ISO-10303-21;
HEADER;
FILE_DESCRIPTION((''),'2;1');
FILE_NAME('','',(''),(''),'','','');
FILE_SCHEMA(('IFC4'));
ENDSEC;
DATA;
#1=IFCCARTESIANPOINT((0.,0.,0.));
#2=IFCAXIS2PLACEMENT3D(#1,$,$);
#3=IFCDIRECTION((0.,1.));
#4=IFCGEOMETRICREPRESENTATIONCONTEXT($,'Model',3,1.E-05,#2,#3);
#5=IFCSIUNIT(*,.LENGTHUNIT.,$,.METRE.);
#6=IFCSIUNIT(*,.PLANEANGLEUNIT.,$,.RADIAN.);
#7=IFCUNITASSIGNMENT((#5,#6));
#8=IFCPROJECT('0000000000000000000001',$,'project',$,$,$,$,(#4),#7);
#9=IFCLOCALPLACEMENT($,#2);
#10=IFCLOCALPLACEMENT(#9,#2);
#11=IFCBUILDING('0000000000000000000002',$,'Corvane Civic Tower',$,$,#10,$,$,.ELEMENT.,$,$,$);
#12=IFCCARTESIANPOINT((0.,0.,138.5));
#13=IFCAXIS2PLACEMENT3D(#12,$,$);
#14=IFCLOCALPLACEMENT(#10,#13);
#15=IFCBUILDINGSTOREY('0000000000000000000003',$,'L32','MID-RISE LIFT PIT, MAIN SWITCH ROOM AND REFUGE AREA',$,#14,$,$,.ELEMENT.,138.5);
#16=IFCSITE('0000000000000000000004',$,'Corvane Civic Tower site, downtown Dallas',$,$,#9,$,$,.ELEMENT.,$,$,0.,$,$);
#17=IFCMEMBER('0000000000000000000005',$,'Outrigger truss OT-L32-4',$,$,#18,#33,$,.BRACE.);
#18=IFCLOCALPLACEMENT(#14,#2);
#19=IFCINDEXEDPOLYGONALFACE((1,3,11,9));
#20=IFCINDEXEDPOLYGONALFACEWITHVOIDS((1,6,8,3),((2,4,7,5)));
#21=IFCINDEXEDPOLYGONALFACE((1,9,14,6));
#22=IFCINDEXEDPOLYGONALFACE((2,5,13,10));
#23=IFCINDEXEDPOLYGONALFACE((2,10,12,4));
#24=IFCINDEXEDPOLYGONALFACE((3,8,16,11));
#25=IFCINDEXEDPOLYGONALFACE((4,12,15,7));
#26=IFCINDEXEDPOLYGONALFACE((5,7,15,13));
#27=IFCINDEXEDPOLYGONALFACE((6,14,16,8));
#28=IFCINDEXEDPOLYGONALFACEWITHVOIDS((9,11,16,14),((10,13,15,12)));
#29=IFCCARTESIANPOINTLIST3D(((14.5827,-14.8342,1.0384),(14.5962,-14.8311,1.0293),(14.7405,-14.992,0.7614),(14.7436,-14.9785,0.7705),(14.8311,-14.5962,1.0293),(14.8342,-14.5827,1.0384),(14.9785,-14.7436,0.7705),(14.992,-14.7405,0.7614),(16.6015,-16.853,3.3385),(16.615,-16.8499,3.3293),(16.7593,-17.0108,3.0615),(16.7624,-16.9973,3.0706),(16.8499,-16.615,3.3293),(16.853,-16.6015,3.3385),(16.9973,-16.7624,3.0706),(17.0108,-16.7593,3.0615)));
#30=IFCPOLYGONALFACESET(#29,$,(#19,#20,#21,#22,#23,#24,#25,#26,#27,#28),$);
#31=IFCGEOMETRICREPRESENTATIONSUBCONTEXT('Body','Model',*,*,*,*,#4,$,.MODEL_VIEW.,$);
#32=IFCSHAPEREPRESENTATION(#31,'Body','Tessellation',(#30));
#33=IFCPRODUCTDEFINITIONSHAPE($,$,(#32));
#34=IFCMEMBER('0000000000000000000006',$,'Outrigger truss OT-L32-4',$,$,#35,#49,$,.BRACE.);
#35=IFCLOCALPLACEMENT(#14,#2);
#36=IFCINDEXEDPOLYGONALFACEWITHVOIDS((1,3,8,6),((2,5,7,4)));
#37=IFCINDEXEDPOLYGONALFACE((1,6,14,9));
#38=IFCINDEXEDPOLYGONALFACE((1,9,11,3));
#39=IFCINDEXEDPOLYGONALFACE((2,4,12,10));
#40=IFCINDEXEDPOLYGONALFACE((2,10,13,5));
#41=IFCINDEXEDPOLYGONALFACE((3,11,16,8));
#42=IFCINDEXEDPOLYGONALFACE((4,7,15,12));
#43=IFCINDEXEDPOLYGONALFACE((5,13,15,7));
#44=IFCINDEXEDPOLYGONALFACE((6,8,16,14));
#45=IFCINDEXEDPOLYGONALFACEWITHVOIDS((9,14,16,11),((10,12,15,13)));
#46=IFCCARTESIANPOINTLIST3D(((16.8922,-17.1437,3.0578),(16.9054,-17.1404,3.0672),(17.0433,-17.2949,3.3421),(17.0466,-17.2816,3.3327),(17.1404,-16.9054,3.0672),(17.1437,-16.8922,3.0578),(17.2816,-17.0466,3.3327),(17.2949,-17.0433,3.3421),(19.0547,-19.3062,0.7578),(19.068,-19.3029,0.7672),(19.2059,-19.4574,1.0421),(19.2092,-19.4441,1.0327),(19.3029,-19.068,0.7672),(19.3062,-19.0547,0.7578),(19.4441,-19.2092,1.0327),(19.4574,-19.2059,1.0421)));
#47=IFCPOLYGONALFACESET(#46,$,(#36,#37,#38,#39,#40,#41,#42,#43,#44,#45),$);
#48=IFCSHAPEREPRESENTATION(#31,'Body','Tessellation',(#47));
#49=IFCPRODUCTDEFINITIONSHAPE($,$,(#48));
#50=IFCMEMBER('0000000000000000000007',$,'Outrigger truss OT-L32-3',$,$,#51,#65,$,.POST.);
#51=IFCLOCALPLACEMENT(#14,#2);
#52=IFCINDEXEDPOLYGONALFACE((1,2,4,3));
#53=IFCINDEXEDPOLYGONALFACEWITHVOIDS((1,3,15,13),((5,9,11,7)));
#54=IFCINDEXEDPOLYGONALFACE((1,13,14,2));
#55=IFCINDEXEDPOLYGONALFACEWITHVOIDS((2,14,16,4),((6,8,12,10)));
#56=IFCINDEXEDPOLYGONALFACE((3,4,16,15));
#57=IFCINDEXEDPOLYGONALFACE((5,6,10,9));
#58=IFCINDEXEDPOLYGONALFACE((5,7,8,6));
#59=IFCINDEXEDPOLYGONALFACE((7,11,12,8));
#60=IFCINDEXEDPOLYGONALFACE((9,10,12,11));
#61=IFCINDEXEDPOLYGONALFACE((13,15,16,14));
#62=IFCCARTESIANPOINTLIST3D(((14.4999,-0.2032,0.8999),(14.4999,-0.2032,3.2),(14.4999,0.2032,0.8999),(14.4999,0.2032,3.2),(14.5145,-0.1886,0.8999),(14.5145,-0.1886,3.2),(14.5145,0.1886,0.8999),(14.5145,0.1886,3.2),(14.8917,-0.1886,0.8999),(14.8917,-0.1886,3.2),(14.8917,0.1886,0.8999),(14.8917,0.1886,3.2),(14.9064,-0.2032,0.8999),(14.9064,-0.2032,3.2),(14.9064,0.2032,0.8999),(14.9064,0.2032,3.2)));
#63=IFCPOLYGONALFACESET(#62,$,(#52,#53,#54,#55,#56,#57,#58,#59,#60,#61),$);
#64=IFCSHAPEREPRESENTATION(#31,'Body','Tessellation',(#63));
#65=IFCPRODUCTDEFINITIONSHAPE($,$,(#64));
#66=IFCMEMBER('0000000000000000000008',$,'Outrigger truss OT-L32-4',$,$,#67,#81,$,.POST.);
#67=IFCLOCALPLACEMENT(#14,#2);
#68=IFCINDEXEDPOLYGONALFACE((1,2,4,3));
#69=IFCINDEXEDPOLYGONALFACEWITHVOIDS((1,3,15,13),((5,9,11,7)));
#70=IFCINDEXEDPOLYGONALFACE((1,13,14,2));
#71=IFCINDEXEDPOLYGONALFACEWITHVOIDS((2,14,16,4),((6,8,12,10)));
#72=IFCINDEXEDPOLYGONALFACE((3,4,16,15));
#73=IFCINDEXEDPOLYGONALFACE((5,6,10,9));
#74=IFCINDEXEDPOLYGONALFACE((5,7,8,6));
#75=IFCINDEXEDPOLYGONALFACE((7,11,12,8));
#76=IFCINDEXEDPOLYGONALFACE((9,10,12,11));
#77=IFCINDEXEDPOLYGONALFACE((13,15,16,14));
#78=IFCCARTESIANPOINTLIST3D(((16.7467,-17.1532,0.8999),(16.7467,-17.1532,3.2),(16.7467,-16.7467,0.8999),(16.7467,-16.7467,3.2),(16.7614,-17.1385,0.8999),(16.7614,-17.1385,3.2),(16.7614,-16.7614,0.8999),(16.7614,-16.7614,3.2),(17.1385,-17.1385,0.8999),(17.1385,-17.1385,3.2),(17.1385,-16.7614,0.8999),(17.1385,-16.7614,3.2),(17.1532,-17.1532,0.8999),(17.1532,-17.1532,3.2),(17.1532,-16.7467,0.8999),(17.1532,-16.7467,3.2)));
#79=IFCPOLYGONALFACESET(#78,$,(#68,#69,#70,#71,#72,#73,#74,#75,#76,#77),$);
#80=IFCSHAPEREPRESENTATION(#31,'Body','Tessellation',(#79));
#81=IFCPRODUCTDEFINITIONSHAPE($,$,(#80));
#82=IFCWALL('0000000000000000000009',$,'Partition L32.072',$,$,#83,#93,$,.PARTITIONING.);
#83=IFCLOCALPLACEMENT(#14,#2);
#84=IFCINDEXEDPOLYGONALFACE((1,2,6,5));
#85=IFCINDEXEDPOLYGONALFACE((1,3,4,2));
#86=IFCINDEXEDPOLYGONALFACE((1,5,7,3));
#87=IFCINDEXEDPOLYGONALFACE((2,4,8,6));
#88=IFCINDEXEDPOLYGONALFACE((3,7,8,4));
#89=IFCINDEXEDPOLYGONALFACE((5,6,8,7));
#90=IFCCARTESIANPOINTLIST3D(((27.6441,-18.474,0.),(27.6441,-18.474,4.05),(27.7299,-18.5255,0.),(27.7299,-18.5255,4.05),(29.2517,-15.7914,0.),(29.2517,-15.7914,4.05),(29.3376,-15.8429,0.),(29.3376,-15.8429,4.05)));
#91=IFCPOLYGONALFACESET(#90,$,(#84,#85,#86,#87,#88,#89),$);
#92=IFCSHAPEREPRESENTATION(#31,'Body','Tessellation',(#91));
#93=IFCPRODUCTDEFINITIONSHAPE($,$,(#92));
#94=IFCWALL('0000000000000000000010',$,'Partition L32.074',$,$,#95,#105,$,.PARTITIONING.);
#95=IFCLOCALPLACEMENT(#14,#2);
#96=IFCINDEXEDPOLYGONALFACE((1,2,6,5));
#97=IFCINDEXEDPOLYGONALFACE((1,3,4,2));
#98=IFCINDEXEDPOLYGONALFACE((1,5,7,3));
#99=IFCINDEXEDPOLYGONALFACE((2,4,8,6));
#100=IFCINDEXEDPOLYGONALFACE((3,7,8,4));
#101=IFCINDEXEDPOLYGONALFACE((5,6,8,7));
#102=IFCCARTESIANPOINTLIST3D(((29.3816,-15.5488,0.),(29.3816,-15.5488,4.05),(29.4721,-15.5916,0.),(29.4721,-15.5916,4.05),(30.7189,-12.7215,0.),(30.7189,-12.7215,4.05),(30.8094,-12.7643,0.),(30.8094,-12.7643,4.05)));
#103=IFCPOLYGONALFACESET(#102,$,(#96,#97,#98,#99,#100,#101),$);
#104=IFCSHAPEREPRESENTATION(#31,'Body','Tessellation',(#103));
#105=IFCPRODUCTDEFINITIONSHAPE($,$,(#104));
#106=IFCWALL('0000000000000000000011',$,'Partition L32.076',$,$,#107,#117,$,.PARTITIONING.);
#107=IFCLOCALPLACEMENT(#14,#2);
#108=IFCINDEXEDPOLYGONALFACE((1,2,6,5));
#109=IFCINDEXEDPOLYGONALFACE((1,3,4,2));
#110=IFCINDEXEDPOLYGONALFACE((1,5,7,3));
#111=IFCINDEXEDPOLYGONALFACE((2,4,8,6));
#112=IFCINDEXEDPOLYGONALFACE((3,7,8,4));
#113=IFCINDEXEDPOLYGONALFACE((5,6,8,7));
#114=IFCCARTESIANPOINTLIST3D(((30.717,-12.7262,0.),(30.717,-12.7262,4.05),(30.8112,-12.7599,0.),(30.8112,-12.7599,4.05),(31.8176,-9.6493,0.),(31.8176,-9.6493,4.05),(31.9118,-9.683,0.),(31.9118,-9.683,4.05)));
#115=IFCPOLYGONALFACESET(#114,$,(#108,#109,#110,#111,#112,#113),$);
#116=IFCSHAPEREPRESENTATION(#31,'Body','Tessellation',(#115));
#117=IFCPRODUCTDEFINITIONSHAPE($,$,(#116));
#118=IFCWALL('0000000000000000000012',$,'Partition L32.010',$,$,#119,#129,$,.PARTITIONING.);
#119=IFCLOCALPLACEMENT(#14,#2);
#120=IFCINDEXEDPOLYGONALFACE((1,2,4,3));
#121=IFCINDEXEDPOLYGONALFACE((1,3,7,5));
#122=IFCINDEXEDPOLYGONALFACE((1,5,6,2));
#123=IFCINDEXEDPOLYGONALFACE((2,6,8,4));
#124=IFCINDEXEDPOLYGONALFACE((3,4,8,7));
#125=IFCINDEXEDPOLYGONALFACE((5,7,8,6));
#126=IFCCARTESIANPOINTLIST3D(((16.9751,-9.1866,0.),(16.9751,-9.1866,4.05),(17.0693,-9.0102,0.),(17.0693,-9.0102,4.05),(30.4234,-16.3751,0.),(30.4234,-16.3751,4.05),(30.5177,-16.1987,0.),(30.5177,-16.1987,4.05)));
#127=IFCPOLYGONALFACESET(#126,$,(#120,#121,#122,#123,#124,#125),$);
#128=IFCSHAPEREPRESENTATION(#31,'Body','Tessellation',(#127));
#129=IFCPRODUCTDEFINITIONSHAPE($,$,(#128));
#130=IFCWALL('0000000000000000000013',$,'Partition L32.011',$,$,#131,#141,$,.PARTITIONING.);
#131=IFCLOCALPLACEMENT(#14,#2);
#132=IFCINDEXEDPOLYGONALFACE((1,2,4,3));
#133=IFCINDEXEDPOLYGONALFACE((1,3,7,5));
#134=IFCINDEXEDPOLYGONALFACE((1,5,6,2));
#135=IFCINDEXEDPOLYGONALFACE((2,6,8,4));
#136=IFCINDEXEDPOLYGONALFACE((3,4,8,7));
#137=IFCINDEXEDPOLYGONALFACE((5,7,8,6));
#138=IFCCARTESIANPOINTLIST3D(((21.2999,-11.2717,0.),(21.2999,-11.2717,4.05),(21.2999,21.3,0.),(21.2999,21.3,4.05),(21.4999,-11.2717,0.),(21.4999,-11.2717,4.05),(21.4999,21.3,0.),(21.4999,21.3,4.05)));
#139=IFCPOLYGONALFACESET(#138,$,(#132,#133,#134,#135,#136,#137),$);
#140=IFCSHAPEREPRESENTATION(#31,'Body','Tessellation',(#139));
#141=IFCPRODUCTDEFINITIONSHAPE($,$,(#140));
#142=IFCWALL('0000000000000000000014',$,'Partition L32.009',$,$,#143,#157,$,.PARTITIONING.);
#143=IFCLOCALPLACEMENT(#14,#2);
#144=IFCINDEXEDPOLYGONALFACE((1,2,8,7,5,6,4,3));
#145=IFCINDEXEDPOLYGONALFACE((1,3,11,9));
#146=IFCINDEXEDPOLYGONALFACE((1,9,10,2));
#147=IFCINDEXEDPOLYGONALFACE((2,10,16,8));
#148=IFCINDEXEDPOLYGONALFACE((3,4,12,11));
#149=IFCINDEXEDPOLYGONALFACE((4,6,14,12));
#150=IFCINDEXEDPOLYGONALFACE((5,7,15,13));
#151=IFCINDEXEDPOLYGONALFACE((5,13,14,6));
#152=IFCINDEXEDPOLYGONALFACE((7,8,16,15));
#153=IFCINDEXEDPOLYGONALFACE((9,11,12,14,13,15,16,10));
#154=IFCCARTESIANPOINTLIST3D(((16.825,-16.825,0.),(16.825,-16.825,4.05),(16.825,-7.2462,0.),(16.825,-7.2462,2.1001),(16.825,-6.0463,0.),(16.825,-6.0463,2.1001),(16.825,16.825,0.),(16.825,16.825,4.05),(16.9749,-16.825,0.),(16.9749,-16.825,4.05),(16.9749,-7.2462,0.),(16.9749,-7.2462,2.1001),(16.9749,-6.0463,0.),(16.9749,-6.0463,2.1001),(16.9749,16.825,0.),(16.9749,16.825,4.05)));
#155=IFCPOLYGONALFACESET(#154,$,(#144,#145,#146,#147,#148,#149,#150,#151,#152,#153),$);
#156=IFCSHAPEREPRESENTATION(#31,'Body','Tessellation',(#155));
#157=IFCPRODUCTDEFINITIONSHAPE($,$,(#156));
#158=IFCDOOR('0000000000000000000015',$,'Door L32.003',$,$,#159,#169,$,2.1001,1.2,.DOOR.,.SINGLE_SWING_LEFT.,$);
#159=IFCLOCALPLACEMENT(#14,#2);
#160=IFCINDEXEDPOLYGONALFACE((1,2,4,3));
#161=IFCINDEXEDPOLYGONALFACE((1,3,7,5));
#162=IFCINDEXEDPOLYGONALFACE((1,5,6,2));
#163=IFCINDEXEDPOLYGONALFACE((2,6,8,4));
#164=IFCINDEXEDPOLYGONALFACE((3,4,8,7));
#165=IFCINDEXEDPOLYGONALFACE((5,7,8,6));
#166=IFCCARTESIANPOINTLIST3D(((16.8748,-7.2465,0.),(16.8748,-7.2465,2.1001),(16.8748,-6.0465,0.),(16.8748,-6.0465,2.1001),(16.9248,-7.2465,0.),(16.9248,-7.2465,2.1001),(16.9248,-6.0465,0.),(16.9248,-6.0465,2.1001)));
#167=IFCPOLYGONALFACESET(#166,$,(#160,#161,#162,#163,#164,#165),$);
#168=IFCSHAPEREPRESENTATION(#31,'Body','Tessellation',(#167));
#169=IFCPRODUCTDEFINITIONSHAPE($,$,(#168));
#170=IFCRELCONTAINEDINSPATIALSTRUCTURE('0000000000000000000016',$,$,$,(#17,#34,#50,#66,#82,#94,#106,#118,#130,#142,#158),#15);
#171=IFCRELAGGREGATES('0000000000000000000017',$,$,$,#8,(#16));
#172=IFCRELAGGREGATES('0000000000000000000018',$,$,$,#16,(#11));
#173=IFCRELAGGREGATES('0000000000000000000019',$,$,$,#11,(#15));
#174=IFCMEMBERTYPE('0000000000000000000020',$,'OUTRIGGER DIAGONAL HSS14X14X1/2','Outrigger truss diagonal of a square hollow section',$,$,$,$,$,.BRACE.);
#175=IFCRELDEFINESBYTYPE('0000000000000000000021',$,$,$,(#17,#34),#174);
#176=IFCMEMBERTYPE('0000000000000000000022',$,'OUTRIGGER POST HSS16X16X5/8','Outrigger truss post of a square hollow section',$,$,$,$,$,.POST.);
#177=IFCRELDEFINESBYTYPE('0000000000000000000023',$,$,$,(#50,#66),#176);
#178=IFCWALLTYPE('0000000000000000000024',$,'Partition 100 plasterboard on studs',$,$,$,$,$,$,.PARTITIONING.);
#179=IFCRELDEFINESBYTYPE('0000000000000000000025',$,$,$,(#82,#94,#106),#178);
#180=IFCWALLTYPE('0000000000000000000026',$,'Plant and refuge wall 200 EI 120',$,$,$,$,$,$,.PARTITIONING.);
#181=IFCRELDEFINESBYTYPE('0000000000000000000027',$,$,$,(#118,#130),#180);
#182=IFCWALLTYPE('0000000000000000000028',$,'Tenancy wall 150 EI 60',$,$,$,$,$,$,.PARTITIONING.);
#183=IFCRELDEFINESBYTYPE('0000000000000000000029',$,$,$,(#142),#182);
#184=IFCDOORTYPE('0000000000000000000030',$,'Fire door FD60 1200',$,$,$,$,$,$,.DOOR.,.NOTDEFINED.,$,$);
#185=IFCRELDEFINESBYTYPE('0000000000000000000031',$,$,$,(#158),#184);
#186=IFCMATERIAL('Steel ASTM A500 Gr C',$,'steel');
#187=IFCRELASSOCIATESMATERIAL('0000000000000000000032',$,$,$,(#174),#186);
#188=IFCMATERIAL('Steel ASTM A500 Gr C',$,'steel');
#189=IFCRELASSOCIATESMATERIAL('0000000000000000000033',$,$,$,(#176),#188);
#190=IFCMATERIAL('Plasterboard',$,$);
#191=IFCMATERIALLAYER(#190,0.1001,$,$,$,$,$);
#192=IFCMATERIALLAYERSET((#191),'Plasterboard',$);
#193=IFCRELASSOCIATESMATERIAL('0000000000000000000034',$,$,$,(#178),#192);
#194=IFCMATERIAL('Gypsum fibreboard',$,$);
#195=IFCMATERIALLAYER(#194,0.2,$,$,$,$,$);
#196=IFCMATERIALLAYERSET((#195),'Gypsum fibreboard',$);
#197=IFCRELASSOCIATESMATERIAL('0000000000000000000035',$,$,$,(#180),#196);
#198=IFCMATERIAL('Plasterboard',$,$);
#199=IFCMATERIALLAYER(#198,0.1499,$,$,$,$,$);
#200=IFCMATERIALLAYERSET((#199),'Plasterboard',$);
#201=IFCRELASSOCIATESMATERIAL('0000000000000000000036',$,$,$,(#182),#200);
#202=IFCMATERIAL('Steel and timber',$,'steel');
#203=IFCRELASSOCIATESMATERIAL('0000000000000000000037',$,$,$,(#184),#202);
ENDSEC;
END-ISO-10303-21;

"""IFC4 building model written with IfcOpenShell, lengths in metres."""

from ifc_helpers import new_model, si_unit, direction, frame, frame_2d, origin, origin_2d, place, context, subcontext, project, spatial, rectangle, hollow_rectangle, extrude, material, layer, layer_set, material_profile, profile_set, type_object, element, fill, save


model = new_model("IFC4")

# Units and contexts
model_context = context("Model", 3, precision=1e-05, world=origin(), true_north=direction((0.0, 1.0)))
body_context = subcontext(model_context, "Body", "Model", "MODEL_VIEW")
ifc_project = project(units=[si_unit("LENGTHUNIT", "METRE"), si_unit("PLANEANGLEUNIT", "RADIAN")], contexts=[model_context])

# Site, building, storey
site_placement = place(None, origin())
site = spatial("IfcSite", under=ifc_project, at=site_placement, Name="Corvane Civic Tower site, downtown Dallas", CompositionType="ELEMENT", RefElevation=0.0)
building_placement = place(site_placement, origin())
building = spatial("IfcBuilding", under=site, at=building_placement, Name="Corvane Civic Tower", CompositionType="ELEMENT")
storey_placement = place(building_placement, frame((0.0, 0.0, 138.5)))
storey = spatial("IfcBuildingStorey", under=building, at=storey_placement, Name="L32", Description="MID-RISE LIFT PIT, MAIN SWITCH ROOM AND REFUGE AREA", CompositionType="ELEMENT", Elevation=138.5)

# Members
ifc_material_1 = material(Name="Steel ASTM A500 Gr C", Category="steel")
ifc_material_profile_1 = material_profile(ifc_material_1, hollow_rectangle(XDim=0.3557, YDim=0.3557, WallThickness=0.0117, at=origin_2d()), Name="HSS14X14X1/2")
ifc_profile_set_1 = profile_set([ifc_material_profile_1], Name="Steel ASTM A500 Gr C")
member_type_1 = type_object("IfcMemberType", Name="OUTRIGGER DIAGONAL HSS14X14X1/2", Description="Outrigger truss diagonal of a square hollow section", PredefinedType="BRACE", material=ifc_profile_set_1)
member_1_placement = place(storey_placement, frame((14.7874, -14.7874, 0.8999), z_axis=(0.550645, -0.550645, 0.627359), x_axis=(0.707107, 0.707107, 0.0)))
element("IfcMember", 1, at=member_1_placement, inside=storey, type_object=member_type_1, Name="Outrigger truss OT-L32-4", PredefinedType="BRACE", context=body_context, shape_type="SweptSolid", body=[
    extrude(hollow_rectangle(XDim=0.3557, YDim=0.3557, WallThickness=0.0117, at=origin_2d()), origin(), (0.0, 0.0, 1.0), 3.6663),
])
member_2_placement = place(storey_placement, frame((17.0935, -17.0935, 3.2), z_axis=(0.565129, -0.565129, -0.601048), x_axis=(0.707107, 0.707107, 0.0)))
element("IfcMember", 2, at=member_2_placement, inside=storey, type_object=member_type_1, Name="Outrigger truss OT-L32-4", PredefinedType="BRACE", context=body_context, shape_type="SweptSolid", body=[
    extrude(hollow_rectangle(XDim=0.3557, YDim=0.3557, WallThickness=0.0117, at=origin_2d()), origin(), (0.0, 0.0, 1.0), 3.8267),
])
ifc_material_2 = material(Name="Steel ASTM A500 Gr C", Category="steel")
ifc_material_profile_2 = material_profile(ifc_material_2, hollow_rectangle(XDim=0.4065, YDim=0.4065, WallThickness=0.0146, at=origin_2d()), Name="HSS16X16X5/8")
ifc_profile_set_2 = profile_set([ifc_material_profile_2], Name="Steel ASTM A500 Gr C")
member_type_2 = type_object("IfcMemberType", Name="OUTRIGGER POST HSS16X16X5/8", Description="Outrigger truss post of a square hollow section", PredefinedType="POST", material=ifc_profile_set_2)
for number, where, z_axis, x_axis, name in (
    (3, (14.7031, 0.0, 0.8999), (0.0, 0.0, 1.0), (1.0, 0.0, 0.0), "Outrigger truss OT-L32-3"),
    (4, (16.95, -16.95, 0.8999), (0.0, 0.0, 1.0), (1.0, 0.0, 0.0), "Outrigger truss OT-L32-4"),
):
    element("IfcMember", number, at=place(storey_placement, frame(where, z_axis=z_axis, x_axis=x_axis)), inside=storey, type_object=member_type_2, Name=name, PredefinedType="POST", context=body_context, shape_type="SweptSolid", body=[
        extrude(hollow_rectangle(XDim=0.4065, YDim=0.4065, WallThickness=0.0146, at=origin_2d()), origin(), (0.0, 0.0, 1.0), 2.3),
    ])

# Walls
ifc_material_3 = material(Name="Plasterboard")
ifc_layer_1 = layer(ifc_material_3, 0.1001)
ifc_layer_set_1 = layer_set([ifc_layer_1], Name="Plasterboard")
wall_type_1 = type_object("IfcWallType", Name="Partition 100 plasterboard on studs", PredefinedType="PARTITIONING", material=ifc_layer_set_1)
wall_1_placement = place(storey_placement, frame((27.687, -18.4998, 0.0), z_axis=(0.0, 0.0, 1.0), x_axis=(0.514048, 0.857761, 0.0)))
element("IfcWall", 5, at=wall_1_placement, inside=storey, type_object=wall_type_1, Name="Partition L32.072", PredefinedType="PARTITIONING", context=body_context, shape_type="SweptSolid", body=[
    extrude(rectangle(XDim=3.1274, YDim=0.1001, at=frame_2d((1.5637, 0.0))), origin(), (0.0, 0.0, 1.0), 4.05),
])
wall_2_placement = place(storey_placement, frame((29.4268, -15.5703, 0.0), z_axis=(0.0, 0.0, 1.0), x_axis=(0.427593, 0.903971, 0.0)))
element("IfcWall", 6, at=wall_2_placement, inside=storey, type_object=wall_type_1, Name="Partition L32.074", PredefinedType="PARTITIONING", context=body_context, shape_type="SweptSolid", body=[
    extrude(rectangle(XDim=3.1277, YDim=0.1001, at=frame_2d((1.564, 0.0))), origin(), (0.0, 0.0, 1.0), 4.05),
])
wall_3_placement = place(storey_placement, frame((30.7642, -12.7429, 0.0), z_axis=(0.0, 0.0, 1.0), x_axis=(0.336795, 0.941578, 0.0)))
element("IfcWall", 7, at=wall_3_placement, inside=storey, type_object=wall_type_1, Name="Partition L32.076", PredefinedType="PARTITIONING", context=body_context, shape_type="SweptSolid", body=[
    extrude(rectangle(XDim=3.2678, YDim=0.1001, at=frame_2d((1.6338, 0.0))), origin(), (0.0, 0.0, 1.0), 4.05),
])
ifc_material_4 = material(Name="Gypsum fibreboard")
ifc_layer_2 = layer(ifc_material_4, 0.2)
ifc_layer_set_2 = layer_set([ifc_layer_2], Name="Gypsum fibreboard")
wall_type_2 = type_object("IfcWallType", Name="Plant and refuge wall 200 EI 120", PredefinedType="PARTITIONING", material=ifc_layer_set_2)
wall_4_placement = place(storey_placement, frame((17.0222, -9.0984, 0.0), z_axis=(0.0, 0.0, 1.0), x_axis=(0.881915, -0.471409, 0.0)))
element("IfcWall", 8, at=wall_4_placement, inside=storey, type_object=wall_type_2, Name="Partition L32.010", PredefinedType="PARTITIONING", context=body_context, shape_type="SweptSolid", body=[
    extrude(rectangle(XDim=15.249, YDim=0.2, at=frame_2d((7.6245, 0.0))), origin(), (0.0, 0.0, 1.0), 4.05),
])
wall_5_placement = place(storey_placement, frame((21.3999, -11.2717, 0.0), z_axis=(0.0, 0.0, 1.0), x_axis=(0.0, 1.0, 0.0)))
element("IfcWall", 9, at=wall_5_placement, inside=storey, type_object=wall_type_2, Name="Partition L32.011", PredefinedType="PARTITIONING", context=body_context, shape_type="SweptSolid", body=[
    extrude(rectangle(XDim=32.5718, YDim=0.2, at=frame_2d((16.2859, 0.0))), origin(), (0.0, 0.0, 1.0), 4.05),
])

# Wall, opening, door
ifc_material_5 = material(Name="Plasterboard")
ifc_layer_3 = layer(ifc_material_5, 0.1499)
ifc_layer_set_3 = layer_set([ifc_layer_3], Name="Plasterboard")
wall_type_3 = type_object("IfcWallType", Name="Tenancy wall 150 EI 60", PredefinedType="PARTITIONING", material=ifc_layer_set_3)
wall_6_placement = place(storey_placement, frame((16.8999, -16.825, 0.0), z_axis=(0.0, 0.0, 1.0), x_axis=(0.0, 1.0, 0.0)))
wall_6 = element("IfcWall", 10, at=wall_6_placement, inside=storey, type_object=wall_type_3, Name="Partition L32.009", PredefinedType="PARTITIONING", context=body_context, shape_type="SweptSolid", body=[
    extrude(rectangle(XDim=33.6499, YDim=0.1499, at=frame_2d((16.825, 0.0))), origin(), (0.0, 0.0, 1.0), 4.05),
])
opening_placement = place(wall_6_placement, frame((9.5786, 0.0, 0.0)))
opening = element("IfcOpeningElement", 11, at=opening_placement, cuts=wall_6, PredefinedType="OPENING", context=body_context, shape_type="SweptSolid", body=[
    extrude(rectangle(XDim=1.2, YDim=2.1001, at=frame_2d((0.6001, 1.05))), frame((0.0, 0.085, 0.0), z_axis=(0.0, -1.0, 0.0), x_axis=(1.0, 0.0, 0.0)), (0.0, 0.0, 1.0), 0.1699),
])
ifc_material_6 = material(Name="Steel and timber", Category="steel")
door_type = type_object("IfcDoorType", Name="Fire door FD60 1200", OperationType="NOTDEFINED", PredefinedType="DOOR", material=ifc_material_6)
door_placement = place(opening_placement, frame((1.2, 0.0, 0.0), z_axis=(0.0, 0.0, 1.0), x_axis=(-1.0, 0.0, 0.0)))
door = element("IfcDoor", 12, at=door_placement, inside=storey, type_object=door_type, Name="Door L32.003", OperationType="SINGLE_SWING_LEFT", OverallHeight=2.1001, OverallWidth=1.2, PredefinedType="DOOR", context=body_context, shape_type="SweptSolid", body=[
    extrude(rectangle(XDim=1.2, YDim=2.1001, at=frame_2d((0.6001, 1.05))), frame((0.0, 0.0249, 0.0), z_axis=(0.0, -1.0, 0.0), x_axis=(1.0, 0.0, 0.0)), (0.0, 0.0, 1.0), 0.05),
])
fill(opening, door)

save(model, "model.ifc")
